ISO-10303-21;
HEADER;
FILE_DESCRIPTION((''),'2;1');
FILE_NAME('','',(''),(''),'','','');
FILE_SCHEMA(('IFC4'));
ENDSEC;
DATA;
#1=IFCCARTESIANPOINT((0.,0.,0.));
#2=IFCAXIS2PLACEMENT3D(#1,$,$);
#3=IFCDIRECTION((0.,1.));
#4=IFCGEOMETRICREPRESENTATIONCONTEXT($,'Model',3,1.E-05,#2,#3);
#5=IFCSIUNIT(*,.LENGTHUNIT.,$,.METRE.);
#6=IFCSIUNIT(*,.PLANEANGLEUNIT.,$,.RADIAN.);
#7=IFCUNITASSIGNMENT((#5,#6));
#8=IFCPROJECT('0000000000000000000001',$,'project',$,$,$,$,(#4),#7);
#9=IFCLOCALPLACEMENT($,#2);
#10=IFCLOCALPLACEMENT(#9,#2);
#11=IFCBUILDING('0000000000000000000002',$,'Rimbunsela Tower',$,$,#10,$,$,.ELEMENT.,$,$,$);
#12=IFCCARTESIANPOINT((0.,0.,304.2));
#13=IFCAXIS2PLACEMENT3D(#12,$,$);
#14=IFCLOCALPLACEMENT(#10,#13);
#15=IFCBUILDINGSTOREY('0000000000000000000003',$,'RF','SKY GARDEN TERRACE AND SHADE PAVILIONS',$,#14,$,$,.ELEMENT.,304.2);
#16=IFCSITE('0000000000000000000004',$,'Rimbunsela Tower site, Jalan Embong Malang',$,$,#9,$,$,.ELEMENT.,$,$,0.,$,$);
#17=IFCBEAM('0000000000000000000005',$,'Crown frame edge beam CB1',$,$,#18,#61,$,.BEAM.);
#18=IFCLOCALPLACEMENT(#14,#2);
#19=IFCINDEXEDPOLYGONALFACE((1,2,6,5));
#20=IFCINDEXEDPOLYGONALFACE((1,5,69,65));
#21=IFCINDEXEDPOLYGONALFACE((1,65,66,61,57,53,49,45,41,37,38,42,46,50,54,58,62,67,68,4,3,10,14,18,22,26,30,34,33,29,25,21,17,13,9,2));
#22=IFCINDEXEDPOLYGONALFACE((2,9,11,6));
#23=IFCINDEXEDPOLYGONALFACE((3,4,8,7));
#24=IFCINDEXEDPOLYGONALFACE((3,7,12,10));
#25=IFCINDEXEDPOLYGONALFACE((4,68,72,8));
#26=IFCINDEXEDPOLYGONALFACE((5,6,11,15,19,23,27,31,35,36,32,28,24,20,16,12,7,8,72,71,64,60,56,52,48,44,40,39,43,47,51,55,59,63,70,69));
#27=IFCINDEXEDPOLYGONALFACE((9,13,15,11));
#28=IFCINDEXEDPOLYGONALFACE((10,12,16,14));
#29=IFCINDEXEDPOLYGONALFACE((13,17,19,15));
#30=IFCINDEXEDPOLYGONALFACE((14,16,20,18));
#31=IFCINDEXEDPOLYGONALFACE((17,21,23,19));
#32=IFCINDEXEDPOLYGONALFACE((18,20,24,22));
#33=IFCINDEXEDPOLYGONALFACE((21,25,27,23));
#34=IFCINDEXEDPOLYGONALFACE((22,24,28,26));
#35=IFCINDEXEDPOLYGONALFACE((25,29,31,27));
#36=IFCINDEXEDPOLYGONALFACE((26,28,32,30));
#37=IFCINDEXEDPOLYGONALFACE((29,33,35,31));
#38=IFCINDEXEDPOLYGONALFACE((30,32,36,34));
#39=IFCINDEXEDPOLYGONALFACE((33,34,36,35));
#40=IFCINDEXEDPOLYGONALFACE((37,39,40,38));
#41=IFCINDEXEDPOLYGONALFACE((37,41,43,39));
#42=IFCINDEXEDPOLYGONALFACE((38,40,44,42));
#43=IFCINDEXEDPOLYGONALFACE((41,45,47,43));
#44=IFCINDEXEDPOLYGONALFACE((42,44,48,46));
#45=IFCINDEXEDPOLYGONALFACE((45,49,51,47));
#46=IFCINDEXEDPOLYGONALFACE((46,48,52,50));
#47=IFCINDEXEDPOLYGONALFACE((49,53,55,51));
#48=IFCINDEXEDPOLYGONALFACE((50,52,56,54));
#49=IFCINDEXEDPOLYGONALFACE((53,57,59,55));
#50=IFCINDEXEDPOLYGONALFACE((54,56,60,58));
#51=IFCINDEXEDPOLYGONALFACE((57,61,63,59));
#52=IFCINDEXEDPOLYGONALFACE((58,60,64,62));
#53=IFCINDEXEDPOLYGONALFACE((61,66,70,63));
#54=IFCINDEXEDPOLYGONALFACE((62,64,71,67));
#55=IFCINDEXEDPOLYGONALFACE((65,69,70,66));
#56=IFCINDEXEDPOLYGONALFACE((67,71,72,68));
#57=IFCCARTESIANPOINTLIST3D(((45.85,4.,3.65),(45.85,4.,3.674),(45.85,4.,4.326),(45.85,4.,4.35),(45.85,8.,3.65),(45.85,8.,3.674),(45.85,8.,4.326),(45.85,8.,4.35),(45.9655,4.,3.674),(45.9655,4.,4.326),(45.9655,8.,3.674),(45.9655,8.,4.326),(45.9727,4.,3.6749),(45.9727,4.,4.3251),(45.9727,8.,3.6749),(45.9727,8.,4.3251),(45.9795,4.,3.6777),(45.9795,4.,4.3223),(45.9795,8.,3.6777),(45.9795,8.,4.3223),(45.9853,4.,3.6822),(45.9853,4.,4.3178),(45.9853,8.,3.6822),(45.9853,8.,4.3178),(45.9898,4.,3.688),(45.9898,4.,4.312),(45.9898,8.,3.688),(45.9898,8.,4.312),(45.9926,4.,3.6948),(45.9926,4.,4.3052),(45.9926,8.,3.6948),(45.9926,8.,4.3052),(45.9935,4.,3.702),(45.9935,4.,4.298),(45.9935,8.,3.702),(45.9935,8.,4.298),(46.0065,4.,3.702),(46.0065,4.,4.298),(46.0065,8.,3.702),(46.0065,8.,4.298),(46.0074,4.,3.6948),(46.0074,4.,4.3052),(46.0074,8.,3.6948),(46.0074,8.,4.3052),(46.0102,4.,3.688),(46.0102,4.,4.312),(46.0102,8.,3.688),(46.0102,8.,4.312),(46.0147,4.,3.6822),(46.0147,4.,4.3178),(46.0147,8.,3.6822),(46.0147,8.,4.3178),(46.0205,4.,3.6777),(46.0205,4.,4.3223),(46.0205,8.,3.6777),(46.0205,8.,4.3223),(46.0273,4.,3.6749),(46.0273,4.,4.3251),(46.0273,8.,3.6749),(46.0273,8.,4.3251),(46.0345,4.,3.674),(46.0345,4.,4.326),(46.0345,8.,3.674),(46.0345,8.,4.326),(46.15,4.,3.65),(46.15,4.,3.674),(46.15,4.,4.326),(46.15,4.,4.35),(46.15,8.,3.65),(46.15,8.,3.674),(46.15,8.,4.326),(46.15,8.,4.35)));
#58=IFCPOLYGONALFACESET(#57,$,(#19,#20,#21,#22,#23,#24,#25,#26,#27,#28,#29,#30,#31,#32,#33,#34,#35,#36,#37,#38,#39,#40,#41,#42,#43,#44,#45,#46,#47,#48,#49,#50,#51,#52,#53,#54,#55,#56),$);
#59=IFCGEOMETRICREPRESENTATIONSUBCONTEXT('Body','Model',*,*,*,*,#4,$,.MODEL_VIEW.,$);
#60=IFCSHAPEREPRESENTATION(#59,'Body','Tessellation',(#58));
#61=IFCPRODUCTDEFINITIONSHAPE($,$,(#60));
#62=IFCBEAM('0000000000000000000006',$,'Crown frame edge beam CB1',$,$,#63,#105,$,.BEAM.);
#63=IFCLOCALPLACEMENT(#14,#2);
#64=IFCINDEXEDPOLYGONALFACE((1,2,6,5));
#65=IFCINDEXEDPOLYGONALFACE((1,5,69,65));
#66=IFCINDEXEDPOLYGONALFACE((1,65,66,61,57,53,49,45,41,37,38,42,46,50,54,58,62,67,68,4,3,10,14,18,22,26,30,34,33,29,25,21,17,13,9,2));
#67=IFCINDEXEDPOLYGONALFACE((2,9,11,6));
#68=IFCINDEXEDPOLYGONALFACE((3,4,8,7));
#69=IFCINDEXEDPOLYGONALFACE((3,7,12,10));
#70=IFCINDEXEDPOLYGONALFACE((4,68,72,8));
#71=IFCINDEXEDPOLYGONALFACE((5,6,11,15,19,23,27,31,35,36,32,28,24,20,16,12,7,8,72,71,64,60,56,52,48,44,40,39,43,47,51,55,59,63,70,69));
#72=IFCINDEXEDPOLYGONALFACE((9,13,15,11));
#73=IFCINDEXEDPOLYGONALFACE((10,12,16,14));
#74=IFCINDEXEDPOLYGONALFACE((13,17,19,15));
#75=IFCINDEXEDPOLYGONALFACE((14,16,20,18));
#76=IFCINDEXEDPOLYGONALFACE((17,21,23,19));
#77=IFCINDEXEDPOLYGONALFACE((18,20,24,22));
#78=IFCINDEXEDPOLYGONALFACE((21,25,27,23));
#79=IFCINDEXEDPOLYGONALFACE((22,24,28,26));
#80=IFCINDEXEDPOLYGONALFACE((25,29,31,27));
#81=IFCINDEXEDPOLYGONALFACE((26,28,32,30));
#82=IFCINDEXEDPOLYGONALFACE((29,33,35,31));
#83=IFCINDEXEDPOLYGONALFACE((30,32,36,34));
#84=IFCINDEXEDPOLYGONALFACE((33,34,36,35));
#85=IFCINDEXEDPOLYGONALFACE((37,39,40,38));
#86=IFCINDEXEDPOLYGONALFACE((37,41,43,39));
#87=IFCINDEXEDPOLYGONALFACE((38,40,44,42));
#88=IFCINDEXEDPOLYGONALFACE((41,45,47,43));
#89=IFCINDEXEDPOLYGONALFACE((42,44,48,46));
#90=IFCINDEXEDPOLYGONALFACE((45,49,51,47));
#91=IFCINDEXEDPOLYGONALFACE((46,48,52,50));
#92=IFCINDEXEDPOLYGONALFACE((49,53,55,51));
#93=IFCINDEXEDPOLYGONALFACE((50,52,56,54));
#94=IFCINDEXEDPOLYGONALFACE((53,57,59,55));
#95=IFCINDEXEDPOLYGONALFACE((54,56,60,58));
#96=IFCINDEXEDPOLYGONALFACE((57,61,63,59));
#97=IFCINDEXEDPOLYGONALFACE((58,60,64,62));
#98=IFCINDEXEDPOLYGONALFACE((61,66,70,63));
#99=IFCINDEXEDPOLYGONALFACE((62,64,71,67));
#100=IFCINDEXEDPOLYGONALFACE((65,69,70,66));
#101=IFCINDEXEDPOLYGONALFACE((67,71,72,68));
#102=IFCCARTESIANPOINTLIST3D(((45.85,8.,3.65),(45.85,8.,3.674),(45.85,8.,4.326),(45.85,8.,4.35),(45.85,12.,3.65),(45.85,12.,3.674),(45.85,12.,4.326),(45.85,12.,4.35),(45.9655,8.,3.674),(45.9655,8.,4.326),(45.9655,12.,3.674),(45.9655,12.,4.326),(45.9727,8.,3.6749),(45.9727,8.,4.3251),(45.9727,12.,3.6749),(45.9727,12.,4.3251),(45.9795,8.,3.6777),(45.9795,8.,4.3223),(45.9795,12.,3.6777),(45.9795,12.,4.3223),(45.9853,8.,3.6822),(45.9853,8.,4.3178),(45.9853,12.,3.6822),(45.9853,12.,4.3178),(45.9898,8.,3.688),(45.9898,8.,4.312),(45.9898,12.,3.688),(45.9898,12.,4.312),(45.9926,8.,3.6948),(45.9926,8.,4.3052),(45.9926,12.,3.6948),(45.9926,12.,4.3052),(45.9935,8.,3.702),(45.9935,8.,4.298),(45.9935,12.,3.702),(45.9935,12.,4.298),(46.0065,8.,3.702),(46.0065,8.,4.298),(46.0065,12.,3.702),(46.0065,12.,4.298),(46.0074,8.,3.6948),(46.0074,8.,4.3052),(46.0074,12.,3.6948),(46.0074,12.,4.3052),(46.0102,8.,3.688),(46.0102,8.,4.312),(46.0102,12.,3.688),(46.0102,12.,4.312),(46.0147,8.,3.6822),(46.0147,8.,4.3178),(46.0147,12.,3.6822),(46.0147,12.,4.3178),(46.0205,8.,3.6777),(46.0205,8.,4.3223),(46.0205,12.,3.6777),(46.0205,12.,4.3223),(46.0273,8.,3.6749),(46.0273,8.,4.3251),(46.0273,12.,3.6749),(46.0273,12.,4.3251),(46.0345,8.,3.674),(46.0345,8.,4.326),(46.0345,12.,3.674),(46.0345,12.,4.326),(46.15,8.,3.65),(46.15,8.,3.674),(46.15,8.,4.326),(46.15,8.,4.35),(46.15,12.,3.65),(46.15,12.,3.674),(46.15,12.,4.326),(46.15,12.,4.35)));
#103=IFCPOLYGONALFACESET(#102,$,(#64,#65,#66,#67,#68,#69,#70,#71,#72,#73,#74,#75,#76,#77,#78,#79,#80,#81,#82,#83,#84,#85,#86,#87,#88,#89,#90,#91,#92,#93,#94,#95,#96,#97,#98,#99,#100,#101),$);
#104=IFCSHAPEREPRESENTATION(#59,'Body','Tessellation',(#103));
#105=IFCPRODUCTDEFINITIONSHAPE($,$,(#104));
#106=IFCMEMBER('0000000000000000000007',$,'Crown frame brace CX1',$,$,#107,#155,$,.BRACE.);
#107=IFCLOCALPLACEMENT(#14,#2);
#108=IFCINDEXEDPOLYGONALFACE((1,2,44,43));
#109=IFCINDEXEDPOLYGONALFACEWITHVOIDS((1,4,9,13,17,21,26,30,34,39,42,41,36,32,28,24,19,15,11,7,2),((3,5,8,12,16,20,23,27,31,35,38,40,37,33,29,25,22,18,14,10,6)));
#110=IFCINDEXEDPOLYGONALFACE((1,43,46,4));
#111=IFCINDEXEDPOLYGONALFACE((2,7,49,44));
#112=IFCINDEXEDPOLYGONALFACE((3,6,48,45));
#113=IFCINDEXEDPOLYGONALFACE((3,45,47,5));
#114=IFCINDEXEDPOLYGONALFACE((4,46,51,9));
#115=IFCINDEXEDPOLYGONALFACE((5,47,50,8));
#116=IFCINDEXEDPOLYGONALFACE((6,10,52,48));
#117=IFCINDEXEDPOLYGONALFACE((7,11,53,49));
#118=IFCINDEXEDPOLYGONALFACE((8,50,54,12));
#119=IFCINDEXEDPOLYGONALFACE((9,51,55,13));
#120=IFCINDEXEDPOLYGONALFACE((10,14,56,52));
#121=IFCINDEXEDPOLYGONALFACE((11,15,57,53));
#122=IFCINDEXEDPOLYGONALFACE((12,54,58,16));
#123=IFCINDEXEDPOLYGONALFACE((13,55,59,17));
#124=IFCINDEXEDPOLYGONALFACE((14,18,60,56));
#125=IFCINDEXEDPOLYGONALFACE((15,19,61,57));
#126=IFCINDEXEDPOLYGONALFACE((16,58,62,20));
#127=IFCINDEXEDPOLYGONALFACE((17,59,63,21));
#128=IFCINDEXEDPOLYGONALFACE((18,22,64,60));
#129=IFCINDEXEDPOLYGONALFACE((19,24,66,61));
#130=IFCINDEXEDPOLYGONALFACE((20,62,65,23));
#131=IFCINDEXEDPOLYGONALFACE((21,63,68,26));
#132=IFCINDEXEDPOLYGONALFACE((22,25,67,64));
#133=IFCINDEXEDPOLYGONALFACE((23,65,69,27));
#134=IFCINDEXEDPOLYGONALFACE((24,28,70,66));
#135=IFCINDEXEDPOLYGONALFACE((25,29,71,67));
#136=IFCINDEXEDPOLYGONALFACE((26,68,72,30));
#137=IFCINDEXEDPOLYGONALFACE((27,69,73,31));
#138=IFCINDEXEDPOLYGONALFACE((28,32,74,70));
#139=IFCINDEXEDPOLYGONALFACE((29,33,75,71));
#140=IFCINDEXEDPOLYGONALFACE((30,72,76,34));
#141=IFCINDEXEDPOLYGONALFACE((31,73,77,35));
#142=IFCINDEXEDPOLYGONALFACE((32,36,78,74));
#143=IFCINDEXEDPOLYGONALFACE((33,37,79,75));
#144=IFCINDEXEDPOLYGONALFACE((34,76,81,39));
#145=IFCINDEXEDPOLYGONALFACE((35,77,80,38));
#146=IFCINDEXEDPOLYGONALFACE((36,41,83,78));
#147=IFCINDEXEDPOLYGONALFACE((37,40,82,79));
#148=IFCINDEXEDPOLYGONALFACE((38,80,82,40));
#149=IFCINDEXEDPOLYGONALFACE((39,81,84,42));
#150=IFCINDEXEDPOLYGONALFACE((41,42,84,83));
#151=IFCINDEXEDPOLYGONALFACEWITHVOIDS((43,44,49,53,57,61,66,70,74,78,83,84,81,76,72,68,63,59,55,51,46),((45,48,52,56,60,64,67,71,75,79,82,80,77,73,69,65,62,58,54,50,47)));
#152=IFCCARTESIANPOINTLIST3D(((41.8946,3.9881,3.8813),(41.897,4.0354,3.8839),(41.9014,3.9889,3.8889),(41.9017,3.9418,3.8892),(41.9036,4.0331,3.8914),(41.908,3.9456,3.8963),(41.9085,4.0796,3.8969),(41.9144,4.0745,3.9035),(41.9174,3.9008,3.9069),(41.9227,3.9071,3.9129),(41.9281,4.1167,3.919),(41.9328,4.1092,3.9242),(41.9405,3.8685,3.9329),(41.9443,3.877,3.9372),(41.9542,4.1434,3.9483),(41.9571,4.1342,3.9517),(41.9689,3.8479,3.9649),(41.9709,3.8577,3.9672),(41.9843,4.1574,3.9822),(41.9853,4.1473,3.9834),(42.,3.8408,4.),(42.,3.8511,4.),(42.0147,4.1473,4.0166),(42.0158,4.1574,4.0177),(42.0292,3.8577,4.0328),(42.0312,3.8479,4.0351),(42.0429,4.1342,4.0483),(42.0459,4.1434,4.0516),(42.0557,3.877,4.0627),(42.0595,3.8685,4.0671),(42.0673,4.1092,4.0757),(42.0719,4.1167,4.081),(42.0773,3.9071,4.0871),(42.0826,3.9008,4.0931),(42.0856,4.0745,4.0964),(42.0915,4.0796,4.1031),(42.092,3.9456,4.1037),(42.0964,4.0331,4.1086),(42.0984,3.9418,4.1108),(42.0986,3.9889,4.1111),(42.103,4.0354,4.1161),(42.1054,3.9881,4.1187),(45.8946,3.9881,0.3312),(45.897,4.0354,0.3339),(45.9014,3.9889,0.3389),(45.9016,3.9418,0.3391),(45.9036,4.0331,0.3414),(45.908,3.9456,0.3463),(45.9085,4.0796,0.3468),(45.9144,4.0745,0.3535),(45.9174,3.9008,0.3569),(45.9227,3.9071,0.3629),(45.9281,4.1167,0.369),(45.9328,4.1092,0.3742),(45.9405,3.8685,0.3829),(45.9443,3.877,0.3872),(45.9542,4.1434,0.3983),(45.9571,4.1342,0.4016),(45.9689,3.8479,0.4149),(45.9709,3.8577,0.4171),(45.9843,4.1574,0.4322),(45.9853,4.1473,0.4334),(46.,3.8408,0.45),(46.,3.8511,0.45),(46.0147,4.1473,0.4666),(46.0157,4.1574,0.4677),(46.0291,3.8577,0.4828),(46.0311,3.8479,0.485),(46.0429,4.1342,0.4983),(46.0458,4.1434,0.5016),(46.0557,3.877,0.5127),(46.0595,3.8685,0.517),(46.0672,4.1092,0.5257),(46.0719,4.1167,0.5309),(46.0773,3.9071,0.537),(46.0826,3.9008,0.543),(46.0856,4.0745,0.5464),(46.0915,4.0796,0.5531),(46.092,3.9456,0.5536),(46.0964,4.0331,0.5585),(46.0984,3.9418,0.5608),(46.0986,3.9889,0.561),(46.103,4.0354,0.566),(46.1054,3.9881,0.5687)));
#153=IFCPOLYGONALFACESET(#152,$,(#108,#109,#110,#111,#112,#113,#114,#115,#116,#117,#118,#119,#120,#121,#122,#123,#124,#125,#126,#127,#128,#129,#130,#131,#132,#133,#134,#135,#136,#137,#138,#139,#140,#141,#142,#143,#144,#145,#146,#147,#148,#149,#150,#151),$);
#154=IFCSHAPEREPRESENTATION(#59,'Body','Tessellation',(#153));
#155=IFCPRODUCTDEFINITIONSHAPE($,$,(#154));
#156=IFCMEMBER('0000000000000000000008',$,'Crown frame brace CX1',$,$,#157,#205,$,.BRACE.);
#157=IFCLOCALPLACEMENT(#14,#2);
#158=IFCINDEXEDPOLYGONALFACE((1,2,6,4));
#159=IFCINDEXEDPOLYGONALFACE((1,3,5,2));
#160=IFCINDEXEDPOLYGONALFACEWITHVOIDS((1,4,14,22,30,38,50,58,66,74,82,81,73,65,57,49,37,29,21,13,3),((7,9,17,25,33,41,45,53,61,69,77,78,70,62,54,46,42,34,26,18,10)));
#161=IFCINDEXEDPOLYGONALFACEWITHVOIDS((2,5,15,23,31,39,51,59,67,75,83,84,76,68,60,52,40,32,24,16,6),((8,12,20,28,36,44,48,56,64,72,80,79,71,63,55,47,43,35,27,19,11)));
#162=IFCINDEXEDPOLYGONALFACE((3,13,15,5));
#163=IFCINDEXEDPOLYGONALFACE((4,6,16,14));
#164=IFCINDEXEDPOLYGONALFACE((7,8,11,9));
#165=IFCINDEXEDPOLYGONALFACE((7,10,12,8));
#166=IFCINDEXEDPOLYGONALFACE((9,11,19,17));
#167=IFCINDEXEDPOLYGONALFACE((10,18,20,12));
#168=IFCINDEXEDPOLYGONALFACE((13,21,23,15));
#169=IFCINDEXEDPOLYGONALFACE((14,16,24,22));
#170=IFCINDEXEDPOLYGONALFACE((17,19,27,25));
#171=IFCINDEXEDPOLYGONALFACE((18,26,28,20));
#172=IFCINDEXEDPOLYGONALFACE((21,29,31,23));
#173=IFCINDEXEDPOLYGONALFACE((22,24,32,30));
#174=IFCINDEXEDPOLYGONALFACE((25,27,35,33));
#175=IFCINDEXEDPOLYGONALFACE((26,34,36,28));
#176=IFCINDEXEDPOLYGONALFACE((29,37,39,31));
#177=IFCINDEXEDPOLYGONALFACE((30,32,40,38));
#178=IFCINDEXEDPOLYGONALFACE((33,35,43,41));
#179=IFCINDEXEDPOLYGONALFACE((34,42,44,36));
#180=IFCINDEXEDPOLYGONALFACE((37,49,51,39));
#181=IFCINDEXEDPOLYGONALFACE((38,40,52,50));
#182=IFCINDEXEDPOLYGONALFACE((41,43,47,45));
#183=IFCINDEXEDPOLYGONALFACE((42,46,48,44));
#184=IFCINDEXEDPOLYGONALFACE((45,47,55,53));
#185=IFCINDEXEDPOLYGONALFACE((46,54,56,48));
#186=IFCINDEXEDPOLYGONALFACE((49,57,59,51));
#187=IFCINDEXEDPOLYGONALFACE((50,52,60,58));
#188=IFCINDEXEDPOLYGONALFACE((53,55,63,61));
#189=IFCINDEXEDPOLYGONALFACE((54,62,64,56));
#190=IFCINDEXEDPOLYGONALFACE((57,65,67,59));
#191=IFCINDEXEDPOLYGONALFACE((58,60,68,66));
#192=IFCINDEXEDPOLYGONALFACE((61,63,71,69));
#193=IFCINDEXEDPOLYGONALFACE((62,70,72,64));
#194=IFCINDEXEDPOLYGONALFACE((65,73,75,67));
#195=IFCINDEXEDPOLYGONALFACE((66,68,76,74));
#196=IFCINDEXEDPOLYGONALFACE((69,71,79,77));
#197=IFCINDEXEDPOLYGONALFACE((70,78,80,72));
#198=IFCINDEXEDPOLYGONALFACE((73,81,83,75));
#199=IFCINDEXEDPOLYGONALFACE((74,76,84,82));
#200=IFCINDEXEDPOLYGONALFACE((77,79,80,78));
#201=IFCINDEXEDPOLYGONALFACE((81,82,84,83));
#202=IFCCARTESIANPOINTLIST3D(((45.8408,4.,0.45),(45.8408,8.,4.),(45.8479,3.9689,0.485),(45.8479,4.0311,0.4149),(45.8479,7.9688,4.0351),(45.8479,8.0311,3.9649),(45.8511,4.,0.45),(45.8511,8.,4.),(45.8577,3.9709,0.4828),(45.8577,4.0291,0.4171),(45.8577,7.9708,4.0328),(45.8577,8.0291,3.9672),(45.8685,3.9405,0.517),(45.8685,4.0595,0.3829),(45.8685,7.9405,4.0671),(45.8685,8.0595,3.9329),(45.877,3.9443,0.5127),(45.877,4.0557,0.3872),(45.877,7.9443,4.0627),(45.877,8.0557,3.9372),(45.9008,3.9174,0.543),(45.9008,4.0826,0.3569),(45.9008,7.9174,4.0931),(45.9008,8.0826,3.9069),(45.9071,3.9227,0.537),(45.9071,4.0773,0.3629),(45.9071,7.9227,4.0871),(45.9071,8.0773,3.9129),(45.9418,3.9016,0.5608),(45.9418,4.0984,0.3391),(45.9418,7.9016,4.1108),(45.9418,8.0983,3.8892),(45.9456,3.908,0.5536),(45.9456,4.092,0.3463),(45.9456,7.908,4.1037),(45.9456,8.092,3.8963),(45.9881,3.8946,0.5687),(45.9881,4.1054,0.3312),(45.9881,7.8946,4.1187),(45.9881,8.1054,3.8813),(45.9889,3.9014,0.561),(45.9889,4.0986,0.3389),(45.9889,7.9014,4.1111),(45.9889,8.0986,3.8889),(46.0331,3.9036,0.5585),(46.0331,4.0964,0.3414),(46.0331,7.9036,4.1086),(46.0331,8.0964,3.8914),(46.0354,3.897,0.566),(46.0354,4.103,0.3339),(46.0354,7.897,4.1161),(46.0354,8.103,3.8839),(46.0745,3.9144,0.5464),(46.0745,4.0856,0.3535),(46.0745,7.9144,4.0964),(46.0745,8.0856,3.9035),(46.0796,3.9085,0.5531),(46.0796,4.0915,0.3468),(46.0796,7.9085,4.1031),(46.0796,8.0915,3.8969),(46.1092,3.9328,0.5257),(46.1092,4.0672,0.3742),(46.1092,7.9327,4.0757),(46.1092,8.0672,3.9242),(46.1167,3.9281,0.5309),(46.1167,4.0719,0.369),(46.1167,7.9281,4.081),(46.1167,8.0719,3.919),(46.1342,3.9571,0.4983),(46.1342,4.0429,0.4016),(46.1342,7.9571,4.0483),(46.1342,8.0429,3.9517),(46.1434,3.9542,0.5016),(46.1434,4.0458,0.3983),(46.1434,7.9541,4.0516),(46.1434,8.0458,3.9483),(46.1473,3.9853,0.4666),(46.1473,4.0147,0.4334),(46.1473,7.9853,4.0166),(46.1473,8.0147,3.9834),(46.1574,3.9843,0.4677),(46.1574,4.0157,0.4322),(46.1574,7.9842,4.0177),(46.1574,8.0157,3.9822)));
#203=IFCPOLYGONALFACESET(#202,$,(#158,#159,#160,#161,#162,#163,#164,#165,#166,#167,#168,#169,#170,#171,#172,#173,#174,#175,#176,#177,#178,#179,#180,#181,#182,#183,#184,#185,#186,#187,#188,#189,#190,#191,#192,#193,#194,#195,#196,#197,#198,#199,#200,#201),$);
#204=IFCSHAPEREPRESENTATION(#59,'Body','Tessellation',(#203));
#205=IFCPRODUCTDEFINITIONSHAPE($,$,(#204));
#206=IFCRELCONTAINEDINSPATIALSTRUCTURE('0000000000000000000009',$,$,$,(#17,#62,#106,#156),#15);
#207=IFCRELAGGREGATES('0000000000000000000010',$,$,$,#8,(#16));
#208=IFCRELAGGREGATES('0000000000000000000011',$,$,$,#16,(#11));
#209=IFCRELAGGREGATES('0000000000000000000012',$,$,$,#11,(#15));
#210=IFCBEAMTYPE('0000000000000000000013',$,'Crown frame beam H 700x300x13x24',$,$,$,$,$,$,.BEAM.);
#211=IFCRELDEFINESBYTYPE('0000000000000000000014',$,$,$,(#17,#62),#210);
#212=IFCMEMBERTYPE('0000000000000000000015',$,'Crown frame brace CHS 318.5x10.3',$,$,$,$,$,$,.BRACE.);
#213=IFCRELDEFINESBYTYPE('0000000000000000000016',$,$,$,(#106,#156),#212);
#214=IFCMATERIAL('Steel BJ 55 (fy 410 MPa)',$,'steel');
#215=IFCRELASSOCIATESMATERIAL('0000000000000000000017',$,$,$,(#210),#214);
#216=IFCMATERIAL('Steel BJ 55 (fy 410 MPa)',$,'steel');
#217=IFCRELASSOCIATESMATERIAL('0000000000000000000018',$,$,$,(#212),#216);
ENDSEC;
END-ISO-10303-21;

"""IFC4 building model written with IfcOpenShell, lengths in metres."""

from ifc_helpers import new_model, si_unit, direction, frame, origin, origin_2d, place, context, subcontext, project, spatial, hollow_circle, i_section, extrude, material, material_profile, profile_set, type_object, element, save


model = new_model("IFC4")

# Units and contexts
model_context = context("Model", 3, precision=1e-05, world=origin(), true_north=direction((0.0, 1.0)))
body_context = subcontext(model_context, "Body", "Model", "MODEL_VIEW")
ifc_project = project(units=[si_unit("LENGTHUNIT", "METRE"), si_unit("PLANEANGLEUNIT", "RADIAN")], contexts=[model_context])

# Site, building, storey
site_placement = place(None, origin())
site = spatial("IfcSite", under=ifc_project, at=site_placement, Name="Rimbunsela Tower site, Jalan Embong Malang", CompositionType="ELEMENT", RefElevation=0.0)
building_placement = place(site_placement, origin())
building = spatial("IfcBuilding", under=site, at=building_placement, Name="Rimbunsela Tower", CompositionType="ELEMENT")
storey_placement = place(building_placement, frame((0.0, 0.0, 304.2)))
storey = spatial("IfcBuildingStorey", under=building, at=storey_placement, Name="RF", Description="SKY GARDEN TERRACE AND SHADE PAVILIONS", CompositionType="ELEMENT", Elevation=304.2)

# Beams
ifc_material_1 = material(Name="Steel BJ 55 (fy 410 MPa)", Category="steel")
ifc_material_profile_1 = material_profile(ifc_material_1, i_section(OverallWidth=0.3, OverallDepth=0.7, WebThickness=0.0129, FlangeThickness=0.0239, FilletRadius=0.0281, at=origin_2d()), Name="H 700x300x13x24")
ifc_profile_set_1 = profile_set([ifc_material_profile_1], Name="Steel BJ 55 (fy 410 MPa)")
beam_type_1 = type_object("IfcBeamType", Name="Crown frame beam H 700x300x13x24", PredefinedType="BEAM", material=ifc_profile_set_1)
for number, where, z_axis, x_axis, name in (
    (1, (46.0, 4.0, 4.0), (0.0, 1.0, 0.0), (-1.0, 0.0, 0.0), "Crown frame edge beam CB1"),
    (2, (46.0, 8.0, 4.0), (0.0, 1.0, 0.0), (-1.0, 0.0, 0.0), "Crown frame edge beam CB1"),
):
    element("IfcBeam", number, at=place(storey_placement, frame(where, z_axis=z_axis, x_axis=x_axis)), inside=storey, type_object=beam_type_1, Name=name, PredefinedType="BEAM", context=body_context, shape_type="SweptSolid", body=[
        extrude(i_section(OverallWidth=0.3, OverallDepth=0.7, WebThickness=0.0129, FlangeThickness=0.0239, FilletRadius=0.0281, at=origin_2d()), origin(), (0.0, 0.0, 1.0), 4.0),
    ])

# Members
ifc_material_2 = material(Name="Steel BJ 55 (fy 410 MPa)", Category="steel")
ifc_material_profile_2 = material_profile(ifc_material_2, hollow_circle(Radius=0.1592, WallThickness=0.0103, at=origin_2d()), Name="CHS 318.5x10.3")
ifc_profile_set_2 = profile_set([ifc_material_profile_2], Name="Steel BJ 55 (fy 410 MPa)")
member_type_1 = type_object("IfcMemberType", Name="Crown frame brace CHS 318.5x10.3", PredefinedType="BRACE", material=ifc_profile_set_2)
for number, where, z_axis, x_axis, name in (
    (3, (46.0, 4.0, 0.45), (-0.74792, 0.0, 0.663788), (0.0, -1.0, 0.0), "Crown frame brace CX1"),
    (4, (46.0, 4.0, 0.45), (0.0, 0.74792, 0.663788), (-1.0, 0.0, 0.0), "Crown frame brace CX1"),
):
    element("IfcMember", number, at=place(storey_placement, frame(where, z_axis=z_axis, x_axis=x_axis)), inside=storey, type_object=member_type_1, Name=name, PredefinedType="BRACE", context=body_context, shape_type="SweptSolid", body=[
        extrude(hollow_circle(Radius=0.1592, WallThickness=0.0103, at=origin_2d()), origin(), (0.0, 0.0, 1.0), 5.3481),
    ])

save(model, "model.ifc")
